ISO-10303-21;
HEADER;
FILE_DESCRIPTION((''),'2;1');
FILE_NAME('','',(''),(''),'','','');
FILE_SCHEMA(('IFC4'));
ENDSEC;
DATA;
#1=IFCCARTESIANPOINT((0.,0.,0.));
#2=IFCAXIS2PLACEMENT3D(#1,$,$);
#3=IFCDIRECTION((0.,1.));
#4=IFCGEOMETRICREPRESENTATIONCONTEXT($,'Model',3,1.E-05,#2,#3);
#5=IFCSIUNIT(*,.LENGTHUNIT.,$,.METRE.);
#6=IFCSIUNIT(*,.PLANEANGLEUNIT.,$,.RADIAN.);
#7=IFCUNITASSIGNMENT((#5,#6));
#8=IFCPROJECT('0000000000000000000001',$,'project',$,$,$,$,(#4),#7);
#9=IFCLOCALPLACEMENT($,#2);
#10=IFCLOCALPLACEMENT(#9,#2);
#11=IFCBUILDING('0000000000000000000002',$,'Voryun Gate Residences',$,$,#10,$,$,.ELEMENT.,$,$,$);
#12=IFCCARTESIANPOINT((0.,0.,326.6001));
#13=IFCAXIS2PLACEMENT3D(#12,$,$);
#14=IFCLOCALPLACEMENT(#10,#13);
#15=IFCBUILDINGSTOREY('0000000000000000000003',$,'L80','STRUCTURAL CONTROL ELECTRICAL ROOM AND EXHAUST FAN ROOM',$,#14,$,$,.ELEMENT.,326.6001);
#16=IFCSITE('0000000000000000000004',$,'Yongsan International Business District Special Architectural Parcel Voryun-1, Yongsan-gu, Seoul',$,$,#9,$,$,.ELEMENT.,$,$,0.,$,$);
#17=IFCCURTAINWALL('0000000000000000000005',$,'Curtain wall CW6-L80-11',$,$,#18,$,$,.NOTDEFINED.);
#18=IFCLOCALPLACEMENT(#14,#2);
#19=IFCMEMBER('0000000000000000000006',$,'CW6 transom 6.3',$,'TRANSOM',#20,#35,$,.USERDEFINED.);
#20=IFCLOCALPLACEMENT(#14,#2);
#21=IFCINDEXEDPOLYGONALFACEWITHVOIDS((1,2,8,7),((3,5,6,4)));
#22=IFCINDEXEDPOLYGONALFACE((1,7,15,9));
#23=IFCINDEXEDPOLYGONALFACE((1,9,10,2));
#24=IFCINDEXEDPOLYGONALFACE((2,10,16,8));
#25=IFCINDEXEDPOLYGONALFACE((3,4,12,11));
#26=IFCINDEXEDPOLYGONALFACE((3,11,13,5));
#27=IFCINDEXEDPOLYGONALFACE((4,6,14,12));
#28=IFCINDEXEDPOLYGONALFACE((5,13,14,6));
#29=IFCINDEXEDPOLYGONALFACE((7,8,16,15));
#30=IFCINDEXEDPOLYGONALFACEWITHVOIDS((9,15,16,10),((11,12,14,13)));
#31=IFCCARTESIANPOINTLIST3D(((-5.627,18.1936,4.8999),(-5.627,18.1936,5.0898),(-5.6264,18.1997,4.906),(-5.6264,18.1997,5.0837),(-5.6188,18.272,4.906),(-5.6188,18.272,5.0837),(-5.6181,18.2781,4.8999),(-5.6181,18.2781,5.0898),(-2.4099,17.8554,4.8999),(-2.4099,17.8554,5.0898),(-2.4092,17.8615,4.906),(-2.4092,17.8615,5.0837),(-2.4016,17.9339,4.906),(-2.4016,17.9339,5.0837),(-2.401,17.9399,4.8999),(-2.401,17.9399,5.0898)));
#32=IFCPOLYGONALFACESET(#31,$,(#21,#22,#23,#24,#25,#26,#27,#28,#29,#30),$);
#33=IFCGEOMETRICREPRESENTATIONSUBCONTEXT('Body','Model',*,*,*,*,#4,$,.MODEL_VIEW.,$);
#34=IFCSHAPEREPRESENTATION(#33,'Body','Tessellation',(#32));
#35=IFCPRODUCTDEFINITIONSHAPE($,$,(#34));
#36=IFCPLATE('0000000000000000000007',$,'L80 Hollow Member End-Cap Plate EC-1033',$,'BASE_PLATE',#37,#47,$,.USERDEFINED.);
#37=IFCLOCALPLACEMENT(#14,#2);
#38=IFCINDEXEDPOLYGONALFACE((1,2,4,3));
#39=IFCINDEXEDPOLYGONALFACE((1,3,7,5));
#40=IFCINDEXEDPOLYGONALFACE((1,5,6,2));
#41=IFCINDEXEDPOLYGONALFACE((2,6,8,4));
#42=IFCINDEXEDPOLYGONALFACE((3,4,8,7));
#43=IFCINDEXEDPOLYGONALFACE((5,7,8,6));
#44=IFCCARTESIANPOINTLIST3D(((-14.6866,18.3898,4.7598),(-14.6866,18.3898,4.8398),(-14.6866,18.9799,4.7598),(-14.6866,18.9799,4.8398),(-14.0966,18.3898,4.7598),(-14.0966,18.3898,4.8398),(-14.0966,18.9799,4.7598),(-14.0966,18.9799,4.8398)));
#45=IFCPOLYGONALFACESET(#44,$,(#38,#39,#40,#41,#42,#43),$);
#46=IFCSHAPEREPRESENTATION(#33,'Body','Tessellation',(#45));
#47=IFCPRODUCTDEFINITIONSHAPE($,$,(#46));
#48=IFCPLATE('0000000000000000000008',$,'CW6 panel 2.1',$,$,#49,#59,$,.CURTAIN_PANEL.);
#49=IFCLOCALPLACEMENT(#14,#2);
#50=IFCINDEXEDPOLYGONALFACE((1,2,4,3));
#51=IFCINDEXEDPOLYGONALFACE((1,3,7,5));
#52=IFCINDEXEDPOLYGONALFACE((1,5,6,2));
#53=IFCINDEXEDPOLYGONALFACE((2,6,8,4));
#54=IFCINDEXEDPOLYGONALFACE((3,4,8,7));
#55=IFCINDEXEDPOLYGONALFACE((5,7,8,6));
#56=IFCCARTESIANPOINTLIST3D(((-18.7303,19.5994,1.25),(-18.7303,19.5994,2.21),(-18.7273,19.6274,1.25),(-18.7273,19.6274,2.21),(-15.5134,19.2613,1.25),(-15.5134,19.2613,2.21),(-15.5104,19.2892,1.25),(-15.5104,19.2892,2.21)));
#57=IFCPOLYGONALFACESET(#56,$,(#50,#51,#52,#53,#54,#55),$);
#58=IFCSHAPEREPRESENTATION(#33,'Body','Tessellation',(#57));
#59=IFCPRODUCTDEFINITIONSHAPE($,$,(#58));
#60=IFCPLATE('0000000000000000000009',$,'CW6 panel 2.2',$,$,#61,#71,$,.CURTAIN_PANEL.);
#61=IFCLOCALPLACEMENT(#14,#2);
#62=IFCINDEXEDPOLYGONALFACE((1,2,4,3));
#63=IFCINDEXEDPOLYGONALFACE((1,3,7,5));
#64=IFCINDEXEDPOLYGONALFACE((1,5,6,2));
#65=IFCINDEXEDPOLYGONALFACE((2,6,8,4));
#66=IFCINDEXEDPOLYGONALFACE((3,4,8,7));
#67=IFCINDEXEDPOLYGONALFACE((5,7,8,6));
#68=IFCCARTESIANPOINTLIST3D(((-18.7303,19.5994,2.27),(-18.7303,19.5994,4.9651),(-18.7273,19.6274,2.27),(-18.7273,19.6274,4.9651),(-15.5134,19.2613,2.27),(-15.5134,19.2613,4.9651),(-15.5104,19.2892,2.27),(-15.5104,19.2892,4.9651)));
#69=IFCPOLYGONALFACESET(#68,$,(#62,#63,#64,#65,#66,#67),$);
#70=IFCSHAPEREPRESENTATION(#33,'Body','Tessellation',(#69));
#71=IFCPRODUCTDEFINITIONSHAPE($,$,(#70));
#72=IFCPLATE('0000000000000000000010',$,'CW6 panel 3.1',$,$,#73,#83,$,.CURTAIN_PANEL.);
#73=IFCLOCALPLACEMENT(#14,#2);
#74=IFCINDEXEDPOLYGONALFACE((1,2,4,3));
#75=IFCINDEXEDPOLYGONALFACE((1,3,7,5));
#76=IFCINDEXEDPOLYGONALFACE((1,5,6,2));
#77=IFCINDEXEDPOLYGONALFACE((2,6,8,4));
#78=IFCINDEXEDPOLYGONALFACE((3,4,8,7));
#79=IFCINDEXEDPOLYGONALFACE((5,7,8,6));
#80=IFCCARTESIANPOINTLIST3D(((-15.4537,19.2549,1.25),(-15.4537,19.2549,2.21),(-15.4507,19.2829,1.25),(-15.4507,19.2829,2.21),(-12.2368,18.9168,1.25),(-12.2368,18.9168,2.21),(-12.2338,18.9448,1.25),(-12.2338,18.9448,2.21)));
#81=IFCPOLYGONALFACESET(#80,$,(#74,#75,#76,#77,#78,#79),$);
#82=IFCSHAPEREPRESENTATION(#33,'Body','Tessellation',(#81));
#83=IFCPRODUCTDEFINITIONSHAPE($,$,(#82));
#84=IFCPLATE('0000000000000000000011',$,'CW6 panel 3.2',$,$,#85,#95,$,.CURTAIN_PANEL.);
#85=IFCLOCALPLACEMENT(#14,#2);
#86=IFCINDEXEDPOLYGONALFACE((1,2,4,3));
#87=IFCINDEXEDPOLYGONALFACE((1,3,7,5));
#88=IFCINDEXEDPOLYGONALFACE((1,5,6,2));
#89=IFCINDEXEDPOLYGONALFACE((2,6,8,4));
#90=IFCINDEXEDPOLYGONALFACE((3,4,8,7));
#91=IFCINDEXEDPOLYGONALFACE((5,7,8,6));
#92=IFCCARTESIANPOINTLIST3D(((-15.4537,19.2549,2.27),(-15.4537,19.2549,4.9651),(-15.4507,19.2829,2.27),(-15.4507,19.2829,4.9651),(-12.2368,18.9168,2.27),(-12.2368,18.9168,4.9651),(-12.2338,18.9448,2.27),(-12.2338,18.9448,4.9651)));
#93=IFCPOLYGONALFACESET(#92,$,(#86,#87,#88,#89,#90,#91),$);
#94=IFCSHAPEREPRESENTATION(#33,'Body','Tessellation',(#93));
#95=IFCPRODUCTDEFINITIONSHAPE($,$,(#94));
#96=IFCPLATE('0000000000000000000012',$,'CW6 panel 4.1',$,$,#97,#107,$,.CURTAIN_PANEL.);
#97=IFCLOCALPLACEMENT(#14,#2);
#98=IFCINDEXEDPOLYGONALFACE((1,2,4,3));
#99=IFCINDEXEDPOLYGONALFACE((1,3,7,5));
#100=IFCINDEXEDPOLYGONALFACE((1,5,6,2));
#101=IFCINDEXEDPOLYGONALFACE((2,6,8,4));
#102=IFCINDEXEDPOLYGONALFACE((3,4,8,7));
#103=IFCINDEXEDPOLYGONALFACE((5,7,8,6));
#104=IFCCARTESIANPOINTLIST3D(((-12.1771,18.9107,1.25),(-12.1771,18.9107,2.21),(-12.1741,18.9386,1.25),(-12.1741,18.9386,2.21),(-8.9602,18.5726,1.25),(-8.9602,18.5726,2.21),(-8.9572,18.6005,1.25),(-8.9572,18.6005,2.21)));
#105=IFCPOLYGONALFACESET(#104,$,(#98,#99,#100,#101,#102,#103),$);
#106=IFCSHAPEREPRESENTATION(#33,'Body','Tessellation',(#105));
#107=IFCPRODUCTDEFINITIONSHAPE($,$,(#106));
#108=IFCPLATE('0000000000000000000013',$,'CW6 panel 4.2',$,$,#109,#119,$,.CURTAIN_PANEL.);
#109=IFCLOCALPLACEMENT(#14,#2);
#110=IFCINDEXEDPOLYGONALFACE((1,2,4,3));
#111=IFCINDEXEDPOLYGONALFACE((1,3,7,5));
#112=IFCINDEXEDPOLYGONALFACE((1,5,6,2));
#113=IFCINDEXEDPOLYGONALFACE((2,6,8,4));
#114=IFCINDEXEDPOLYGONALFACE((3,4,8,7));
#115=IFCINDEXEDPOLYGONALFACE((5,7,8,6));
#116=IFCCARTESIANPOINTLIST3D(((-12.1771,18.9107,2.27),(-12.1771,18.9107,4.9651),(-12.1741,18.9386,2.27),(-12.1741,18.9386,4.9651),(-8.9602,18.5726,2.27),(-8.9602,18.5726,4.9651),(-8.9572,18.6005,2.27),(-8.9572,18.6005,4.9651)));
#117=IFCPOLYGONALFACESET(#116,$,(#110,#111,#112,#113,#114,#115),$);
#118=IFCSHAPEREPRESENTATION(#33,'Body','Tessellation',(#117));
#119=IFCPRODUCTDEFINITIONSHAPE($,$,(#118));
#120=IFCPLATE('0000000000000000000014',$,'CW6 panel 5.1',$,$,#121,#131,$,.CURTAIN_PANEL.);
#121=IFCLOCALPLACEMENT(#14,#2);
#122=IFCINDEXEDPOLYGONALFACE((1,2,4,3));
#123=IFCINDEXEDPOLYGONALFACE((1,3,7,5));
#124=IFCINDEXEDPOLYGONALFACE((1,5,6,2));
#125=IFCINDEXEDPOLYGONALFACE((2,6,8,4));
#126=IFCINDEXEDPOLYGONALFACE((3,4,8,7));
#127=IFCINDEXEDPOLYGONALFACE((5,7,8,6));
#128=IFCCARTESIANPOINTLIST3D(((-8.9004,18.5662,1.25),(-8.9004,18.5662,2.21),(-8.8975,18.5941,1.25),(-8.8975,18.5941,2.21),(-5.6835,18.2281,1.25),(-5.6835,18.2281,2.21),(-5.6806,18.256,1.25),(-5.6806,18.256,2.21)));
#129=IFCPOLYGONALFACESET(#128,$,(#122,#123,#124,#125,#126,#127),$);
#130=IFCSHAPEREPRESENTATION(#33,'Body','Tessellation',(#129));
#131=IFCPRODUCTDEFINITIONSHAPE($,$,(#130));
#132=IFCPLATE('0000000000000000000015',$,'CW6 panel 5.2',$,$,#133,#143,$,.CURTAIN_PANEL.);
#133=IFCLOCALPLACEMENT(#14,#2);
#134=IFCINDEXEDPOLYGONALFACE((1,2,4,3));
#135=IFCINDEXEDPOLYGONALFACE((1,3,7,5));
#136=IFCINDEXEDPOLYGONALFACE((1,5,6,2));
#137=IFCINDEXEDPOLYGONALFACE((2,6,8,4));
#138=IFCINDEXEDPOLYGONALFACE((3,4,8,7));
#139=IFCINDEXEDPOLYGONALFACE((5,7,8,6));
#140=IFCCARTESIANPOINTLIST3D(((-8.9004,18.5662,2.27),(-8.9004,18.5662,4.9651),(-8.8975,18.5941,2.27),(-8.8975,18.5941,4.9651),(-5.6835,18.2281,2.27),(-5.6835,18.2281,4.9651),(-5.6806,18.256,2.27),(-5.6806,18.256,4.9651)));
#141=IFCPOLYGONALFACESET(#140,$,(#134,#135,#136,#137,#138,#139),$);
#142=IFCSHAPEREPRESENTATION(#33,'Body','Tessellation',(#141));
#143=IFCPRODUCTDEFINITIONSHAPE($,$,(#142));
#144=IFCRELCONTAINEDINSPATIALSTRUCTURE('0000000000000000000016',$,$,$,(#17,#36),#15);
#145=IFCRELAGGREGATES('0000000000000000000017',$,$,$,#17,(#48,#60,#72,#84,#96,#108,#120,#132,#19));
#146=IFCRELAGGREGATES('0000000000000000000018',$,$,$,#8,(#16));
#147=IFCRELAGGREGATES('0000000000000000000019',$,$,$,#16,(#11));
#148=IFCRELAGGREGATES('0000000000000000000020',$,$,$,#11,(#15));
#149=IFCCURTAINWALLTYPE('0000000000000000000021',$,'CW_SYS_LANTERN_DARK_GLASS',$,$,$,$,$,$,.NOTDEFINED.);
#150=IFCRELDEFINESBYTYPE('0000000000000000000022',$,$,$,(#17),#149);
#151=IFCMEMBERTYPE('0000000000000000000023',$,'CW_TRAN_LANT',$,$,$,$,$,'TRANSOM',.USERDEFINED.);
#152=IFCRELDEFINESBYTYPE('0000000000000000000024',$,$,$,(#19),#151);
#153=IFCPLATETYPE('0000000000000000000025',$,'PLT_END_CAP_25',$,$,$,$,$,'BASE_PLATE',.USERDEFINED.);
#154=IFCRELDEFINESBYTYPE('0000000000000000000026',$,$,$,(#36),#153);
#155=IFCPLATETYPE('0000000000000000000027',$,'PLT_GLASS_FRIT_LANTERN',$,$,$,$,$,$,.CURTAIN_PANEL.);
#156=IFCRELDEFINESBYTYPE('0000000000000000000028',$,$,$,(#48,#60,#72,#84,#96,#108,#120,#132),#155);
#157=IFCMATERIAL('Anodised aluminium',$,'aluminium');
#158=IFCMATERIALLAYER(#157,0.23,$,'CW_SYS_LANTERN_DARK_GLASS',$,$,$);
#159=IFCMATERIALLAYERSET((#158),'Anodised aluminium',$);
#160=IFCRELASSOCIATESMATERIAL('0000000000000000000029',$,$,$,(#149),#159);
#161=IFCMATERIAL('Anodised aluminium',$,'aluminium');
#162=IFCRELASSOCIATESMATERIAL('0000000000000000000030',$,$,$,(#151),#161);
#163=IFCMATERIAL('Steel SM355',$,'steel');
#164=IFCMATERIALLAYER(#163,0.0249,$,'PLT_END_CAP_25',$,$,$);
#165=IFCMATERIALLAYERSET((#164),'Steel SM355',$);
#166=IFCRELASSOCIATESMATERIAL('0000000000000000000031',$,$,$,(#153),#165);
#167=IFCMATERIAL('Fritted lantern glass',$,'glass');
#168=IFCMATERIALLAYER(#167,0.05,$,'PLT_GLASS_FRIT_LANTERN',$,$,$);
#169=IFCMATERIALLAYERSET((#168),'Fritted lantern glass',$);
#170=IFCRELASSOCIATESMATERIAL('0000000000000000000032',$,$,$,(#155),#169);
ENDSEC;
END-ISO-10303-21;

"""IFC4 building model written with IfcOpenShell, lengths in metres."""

from ifc_helpers import new_model, si_unit, direction, frame, origin, origin_2d, place, context, subcontext, project, spatial, rectangle, hollow_rectangle, extrude, material, layer, layer_set, material_profile, profile_set, type_object, element, aggregate, save


model = new_model("IFC4")

# Units and contexts
model_context = context("Model", 3, precision=1e-05, world=origin(), true_north=direction((0.0, 1.0)))
body_context = subcontext(model_context, "Body", "Model", "MODEL_VIEW")
ifc_project = project(units=[si_unit("LENGTHUNIT", "METRE"), si_unit("PLANEANGLEUNIT", "RADIAN")], contexts=[model_context])

# Site, building, storey
site_placement = place(None, origin())
site = spatial("IfcSite", under=ifc_project, at=site_placement, Name="Yongsan International Business District Special Architectural Parcel Voryun-1, Yongsan-gu, Seoul", CompositionType="ELEMENT", RefElevation=0.0)
building_placement = place(site_placement, origin())
building = spatial("IfcBuilding", under=site, at=building_placement, Name="Voryun Gate Residences", CompositionType="ELEMENT")
storey_placement = place(building_placement, frame((0.0, 0.0, 326.6001)))
storey = spatial("IfcBuildingStorey", under=building, at=storey_placement, Name="L80", Description="STRUCTURAL CONTROL ELECTRICAL ROOM AND EXHAUST FAN ROOM", CompositionType="ELEMENT", Elevation=326.6001)

# Curtain wall, member
ifc_material_1 = material(Name="Anodised aluminium", Category="aluminium")
ifc_layer_1 = layer(ifc_material_1, 0.23, Name="CW_SYS_LANTERN_DARK_GLASS")
ifc_layer_set_1 = layer_set([ifc_layer_1], Name="Anodised aluminium")
curtain_wall_type = type_object("IfcCurtainWallType", Name="CW_SYS_LANTERN_DARK_GLASS", PredefinedType="NOTDEFINED", material=ifc_layer_set_1)
curtain_wall_placement = place(storey_placement, origin())
curtain_wall = element("IfcCurtainWall", 1, at=curtain_wall_placement, inside=storey, type_object=curtain_wall_type, Name="Curtain wall CW6-L80-11", PredefinedType="NOTDEFINED")
ifc_material_2 = material(Name="Anodised aluminium", Category="aluminium")
ifc_material_profile_1 = material_profile(ifc_material_2, hollow_rectangle(XDim=0.085, YDim=0.1899, WallThickness=0.0061, at=origin_2d()), Name="ALU-TRAN-190x85x6")
ifc_profile_set_1 = profile_set([ifc_material_profile_1], Name="Anodised aluminium")
member_type_1 = type_object("IfcMemberType", Name="CW_TRAN_LANT", ElementType="TRANSOM", PredefinedType="USERDEFINED", material=ifc_profile_set_1)
member_1_placement = place(storey_placement, frame((-5.6226, 18.2358, 4.9949), z_axis=(0.994522, -0.104532, 0.0), x_axis=(0.104532, 0.994522, 0.0)))
member_1 = element("IfcMember", 2, at=member_1_placement, type_object=member_type_1, Name="CW6 transom 6.3", ObjectType="TRANSOM", PredefinedType="USERDEFINED", context=body_context, shape_type="SweptSolid", body=[
    extrude(hollow_rectangle(XDim=0.085, YDim=0.1899, WallThickness=0.0061, at=origin_2d()), origin(), (0.0, 0.0, 1.0), 3.2349),
])

# Plates
ifc_material_3 = material(Name="Steel SM355", Category="steel")
ifc_layer_2 = layer(ifc_material_3, 0.0249, Name="PLT_END_CAP_25")
ifc_layer_set_2 = layer_set([ifc_layer_2], Name="Steel SM355")
plate_type_1 = type_object("IfcPlateType", Name="PLT_END_CAP_25", ElementType="BASE_PLATE", PredefinedType="USERDEFINED", material=ifc_layer_set_2)
plate_1_placement = place(storey_placement, frame((-14.3916, 18.6848, 4.7598), z_axis=(0.0, 0.0, 1.0), x_axis=(1.0, 0.0, 0.0)))
element("IfcPlate", 3, at=plate_1_placement, inside=storey, type_object=plate_type_1, Name="L80 Hollow Member End-Cap Plate EC-1033", ObjectType="BASE_PLATE", PredefinedType="USERDEFINED", context=body_context, shape_type="SweptSolid", body=[
    extrude(rectangle(XDim=0.5901, YDim=0.5901, at=origin_2d()), origin(), (0.0, 0.0, 1.0), 0.0801),
])
ifc_material_4 = material(Name="Fritted lantern glass", Category="glass")
ifc_layer_3 = layer(ifc_material_4, 0.05, Name="PLT_GLASS_FRIT_LANTERN")
ifc_layer_set_3 = layer_set([ifc_layer_3], Name="Fritted lantern glass")
plate_type_2 = type_object("IfcPlateType", Name="PLT_GLASS_FRIT_LANTERN", PredefinedType="CURTAIN_PANEL", material=ifc_layer_set_3)
plate_2_placement = place(storey_placement, frame((-17.1204, 19.4443, 1.25), z_axis=(0.0, 0.0, 1.0), x_axis=(0.994522, -0.104528, 0.0)))
plate_2 = element("IfcPlate", 4, at=plate_2_placement, type_object=plate_type_2, Name="CW6 panel 2.1", PredefinedType="CURTAIN_PANEL", context=body_context, shape_type="SweptSolid", body=[
    extrude(rectangle(XDim=3.2346, YDim=0.0281, at=origin_2d()), origin(), (0.0, 0.0, 1.0), 0.96),
])
plate_3_placement = place(storey_placement, frame((-17.1204, 19.4443, 2.27), z_axis=(0.0, 0.0, 1.0), x_axis=(0.994522, -0.104528, 0.0)))
plate_3 = element("IfcPlate", 5, at=plate_3_placement, type_object=plate_type_2, Name="CW6 panel 2.2", PredefinedType="CURTAIN_PANEL", context=body_context, shape_type="SweptSolid", body=[
    extrude(rectangle(XDim=3.2346, YDim=0.0281, at=origin_2d()), origin(), (0.0, 0.0, 1.0), 2.6951),
])
plate_4_placement = place(storey_placement, frame((-13.8438, 19.0999, 1.25), z_axis=(0.0, 0.0, 1.0), x_axis=(0.994522, -0.104528, 0.0)))
plate_4 = element("IfcPlate", 6, at=plate_4_placement, type_object=plate_type_2, Name="CW6 panel 3.1", PredefinedType="CURTAIN_PANEL", context=body_context, shape_type="SweptSolid", body=[
    extrude(rectangle(XDim=3.2346, YDim=0.0281, at=origin_2d()), origin(), (0.0, 0.0, 1.0), 0.96),
])
plate_5_placement = place(storey_placement, frame((-13.8438, 19.0999, 2.27), z_axis=(0.0, 0.0, 1.0), x_axis=(0.994522, -0.104528, 0.0)))
plate_5 = element("IfcPlate", 7, at=plate_5_placement, type_object=plate_type_2, Name="CW6 panel 3.2", PredefinedType="CURTAIN_PANEL", context=body_context, shape_type="SweptSolid", body=[
    extrude(rectangle(XDim=3.2346, YDim=0.0281, at=origin_2d()), origin(), (0.0, 0.0, 1.0), 2.6951),
])
plate_6_placement = place(storey_placement, frame((-10.5671, 18.7556, 1.25), z_axis=(0.0, 0.0, 1.0), x_axis=(0.994522, -0.104528, 0.0)))
plate_6 = element("IfcPlate", 8, at=plate_6_placement, type_object=plate_type_2, Name="CW6 panel 4.1", PredefinedType="CURTAIN_PANEL", context=body_context, shape_type="SweptSolid", body=[
    extrude(rectangle(XDim=3.2346, YDim=0.0281, at=origin_2d()), origin(), (0.0, 0.0, 1.0), 0.96),
])
plate_7_placement = place(storey_placement, frame((-10.5671, 18.7556, 2.27), z_axis=(0.0, 0.0, 1.0), x_axis=(0.994522, -0.104528, 0.0)))
plate_7 = element("IfcPlate", 9, at=plate_7_placement, type_object=plate_type_2, Name="CW6 panel 4.2", PredefinedType="CURTAIN_PANEL", context=body_context, shape_type="SweptSolid", body=[
    extrude(rectangle(XDim=3.2346, YDim=0.0281, at=origin_2d()), origin(), (0.0, 0.0, 1.0), 2.6951),
])
plate_8_placement = place(storey_placement, frame((-7.2905, 18.4111, 1.25), z_axis=(0.0, 0.0, 1.0), x_axis=(0.994522, -0.104528, 0.0)))
plate_8 = element("IfcPlate", 10, at=plate_8_placement, type_object=plate_type_2, Name="CW6 panel 5.1", PredefinedType="CURTAIN_PANEL", context=body_context, shape_type="SweptSolid", body=[
    extrude(rectangle(XDim=3.2346, YDim=0.0281, at=origin_2d()), origin(), (0.0, 0.0, 1.0), 0.96),
])
plate_9_placement = place(storey_placement, frame((-7.2905, 18.4111, 2.27), z_axis=(0.0, 0.0, 1.0), x_axis=(0.994522, -0.104528, 0.0)))
plate_9 = element("IfcPlate", 11, at=plate_9_placement, type_object=plate_type_2, Name="CW6 panel 5.2", PredefinedType="CURTAIN_PANEL", context=body_context, shape_type="SweptSolid", body=[
    extrude(rectangle(XDim=3.2346, YDim=0.0281, at=origin_2d()), origin(), (0.0, 0.0, 1.0), 2.6951),
])
aggregate(curtain_wall, [plate_2, plate_3, plate_4, plate_5, plate_6, plate_7, plate_8, plate_9, member_1])

save(model, "model.ifc")
